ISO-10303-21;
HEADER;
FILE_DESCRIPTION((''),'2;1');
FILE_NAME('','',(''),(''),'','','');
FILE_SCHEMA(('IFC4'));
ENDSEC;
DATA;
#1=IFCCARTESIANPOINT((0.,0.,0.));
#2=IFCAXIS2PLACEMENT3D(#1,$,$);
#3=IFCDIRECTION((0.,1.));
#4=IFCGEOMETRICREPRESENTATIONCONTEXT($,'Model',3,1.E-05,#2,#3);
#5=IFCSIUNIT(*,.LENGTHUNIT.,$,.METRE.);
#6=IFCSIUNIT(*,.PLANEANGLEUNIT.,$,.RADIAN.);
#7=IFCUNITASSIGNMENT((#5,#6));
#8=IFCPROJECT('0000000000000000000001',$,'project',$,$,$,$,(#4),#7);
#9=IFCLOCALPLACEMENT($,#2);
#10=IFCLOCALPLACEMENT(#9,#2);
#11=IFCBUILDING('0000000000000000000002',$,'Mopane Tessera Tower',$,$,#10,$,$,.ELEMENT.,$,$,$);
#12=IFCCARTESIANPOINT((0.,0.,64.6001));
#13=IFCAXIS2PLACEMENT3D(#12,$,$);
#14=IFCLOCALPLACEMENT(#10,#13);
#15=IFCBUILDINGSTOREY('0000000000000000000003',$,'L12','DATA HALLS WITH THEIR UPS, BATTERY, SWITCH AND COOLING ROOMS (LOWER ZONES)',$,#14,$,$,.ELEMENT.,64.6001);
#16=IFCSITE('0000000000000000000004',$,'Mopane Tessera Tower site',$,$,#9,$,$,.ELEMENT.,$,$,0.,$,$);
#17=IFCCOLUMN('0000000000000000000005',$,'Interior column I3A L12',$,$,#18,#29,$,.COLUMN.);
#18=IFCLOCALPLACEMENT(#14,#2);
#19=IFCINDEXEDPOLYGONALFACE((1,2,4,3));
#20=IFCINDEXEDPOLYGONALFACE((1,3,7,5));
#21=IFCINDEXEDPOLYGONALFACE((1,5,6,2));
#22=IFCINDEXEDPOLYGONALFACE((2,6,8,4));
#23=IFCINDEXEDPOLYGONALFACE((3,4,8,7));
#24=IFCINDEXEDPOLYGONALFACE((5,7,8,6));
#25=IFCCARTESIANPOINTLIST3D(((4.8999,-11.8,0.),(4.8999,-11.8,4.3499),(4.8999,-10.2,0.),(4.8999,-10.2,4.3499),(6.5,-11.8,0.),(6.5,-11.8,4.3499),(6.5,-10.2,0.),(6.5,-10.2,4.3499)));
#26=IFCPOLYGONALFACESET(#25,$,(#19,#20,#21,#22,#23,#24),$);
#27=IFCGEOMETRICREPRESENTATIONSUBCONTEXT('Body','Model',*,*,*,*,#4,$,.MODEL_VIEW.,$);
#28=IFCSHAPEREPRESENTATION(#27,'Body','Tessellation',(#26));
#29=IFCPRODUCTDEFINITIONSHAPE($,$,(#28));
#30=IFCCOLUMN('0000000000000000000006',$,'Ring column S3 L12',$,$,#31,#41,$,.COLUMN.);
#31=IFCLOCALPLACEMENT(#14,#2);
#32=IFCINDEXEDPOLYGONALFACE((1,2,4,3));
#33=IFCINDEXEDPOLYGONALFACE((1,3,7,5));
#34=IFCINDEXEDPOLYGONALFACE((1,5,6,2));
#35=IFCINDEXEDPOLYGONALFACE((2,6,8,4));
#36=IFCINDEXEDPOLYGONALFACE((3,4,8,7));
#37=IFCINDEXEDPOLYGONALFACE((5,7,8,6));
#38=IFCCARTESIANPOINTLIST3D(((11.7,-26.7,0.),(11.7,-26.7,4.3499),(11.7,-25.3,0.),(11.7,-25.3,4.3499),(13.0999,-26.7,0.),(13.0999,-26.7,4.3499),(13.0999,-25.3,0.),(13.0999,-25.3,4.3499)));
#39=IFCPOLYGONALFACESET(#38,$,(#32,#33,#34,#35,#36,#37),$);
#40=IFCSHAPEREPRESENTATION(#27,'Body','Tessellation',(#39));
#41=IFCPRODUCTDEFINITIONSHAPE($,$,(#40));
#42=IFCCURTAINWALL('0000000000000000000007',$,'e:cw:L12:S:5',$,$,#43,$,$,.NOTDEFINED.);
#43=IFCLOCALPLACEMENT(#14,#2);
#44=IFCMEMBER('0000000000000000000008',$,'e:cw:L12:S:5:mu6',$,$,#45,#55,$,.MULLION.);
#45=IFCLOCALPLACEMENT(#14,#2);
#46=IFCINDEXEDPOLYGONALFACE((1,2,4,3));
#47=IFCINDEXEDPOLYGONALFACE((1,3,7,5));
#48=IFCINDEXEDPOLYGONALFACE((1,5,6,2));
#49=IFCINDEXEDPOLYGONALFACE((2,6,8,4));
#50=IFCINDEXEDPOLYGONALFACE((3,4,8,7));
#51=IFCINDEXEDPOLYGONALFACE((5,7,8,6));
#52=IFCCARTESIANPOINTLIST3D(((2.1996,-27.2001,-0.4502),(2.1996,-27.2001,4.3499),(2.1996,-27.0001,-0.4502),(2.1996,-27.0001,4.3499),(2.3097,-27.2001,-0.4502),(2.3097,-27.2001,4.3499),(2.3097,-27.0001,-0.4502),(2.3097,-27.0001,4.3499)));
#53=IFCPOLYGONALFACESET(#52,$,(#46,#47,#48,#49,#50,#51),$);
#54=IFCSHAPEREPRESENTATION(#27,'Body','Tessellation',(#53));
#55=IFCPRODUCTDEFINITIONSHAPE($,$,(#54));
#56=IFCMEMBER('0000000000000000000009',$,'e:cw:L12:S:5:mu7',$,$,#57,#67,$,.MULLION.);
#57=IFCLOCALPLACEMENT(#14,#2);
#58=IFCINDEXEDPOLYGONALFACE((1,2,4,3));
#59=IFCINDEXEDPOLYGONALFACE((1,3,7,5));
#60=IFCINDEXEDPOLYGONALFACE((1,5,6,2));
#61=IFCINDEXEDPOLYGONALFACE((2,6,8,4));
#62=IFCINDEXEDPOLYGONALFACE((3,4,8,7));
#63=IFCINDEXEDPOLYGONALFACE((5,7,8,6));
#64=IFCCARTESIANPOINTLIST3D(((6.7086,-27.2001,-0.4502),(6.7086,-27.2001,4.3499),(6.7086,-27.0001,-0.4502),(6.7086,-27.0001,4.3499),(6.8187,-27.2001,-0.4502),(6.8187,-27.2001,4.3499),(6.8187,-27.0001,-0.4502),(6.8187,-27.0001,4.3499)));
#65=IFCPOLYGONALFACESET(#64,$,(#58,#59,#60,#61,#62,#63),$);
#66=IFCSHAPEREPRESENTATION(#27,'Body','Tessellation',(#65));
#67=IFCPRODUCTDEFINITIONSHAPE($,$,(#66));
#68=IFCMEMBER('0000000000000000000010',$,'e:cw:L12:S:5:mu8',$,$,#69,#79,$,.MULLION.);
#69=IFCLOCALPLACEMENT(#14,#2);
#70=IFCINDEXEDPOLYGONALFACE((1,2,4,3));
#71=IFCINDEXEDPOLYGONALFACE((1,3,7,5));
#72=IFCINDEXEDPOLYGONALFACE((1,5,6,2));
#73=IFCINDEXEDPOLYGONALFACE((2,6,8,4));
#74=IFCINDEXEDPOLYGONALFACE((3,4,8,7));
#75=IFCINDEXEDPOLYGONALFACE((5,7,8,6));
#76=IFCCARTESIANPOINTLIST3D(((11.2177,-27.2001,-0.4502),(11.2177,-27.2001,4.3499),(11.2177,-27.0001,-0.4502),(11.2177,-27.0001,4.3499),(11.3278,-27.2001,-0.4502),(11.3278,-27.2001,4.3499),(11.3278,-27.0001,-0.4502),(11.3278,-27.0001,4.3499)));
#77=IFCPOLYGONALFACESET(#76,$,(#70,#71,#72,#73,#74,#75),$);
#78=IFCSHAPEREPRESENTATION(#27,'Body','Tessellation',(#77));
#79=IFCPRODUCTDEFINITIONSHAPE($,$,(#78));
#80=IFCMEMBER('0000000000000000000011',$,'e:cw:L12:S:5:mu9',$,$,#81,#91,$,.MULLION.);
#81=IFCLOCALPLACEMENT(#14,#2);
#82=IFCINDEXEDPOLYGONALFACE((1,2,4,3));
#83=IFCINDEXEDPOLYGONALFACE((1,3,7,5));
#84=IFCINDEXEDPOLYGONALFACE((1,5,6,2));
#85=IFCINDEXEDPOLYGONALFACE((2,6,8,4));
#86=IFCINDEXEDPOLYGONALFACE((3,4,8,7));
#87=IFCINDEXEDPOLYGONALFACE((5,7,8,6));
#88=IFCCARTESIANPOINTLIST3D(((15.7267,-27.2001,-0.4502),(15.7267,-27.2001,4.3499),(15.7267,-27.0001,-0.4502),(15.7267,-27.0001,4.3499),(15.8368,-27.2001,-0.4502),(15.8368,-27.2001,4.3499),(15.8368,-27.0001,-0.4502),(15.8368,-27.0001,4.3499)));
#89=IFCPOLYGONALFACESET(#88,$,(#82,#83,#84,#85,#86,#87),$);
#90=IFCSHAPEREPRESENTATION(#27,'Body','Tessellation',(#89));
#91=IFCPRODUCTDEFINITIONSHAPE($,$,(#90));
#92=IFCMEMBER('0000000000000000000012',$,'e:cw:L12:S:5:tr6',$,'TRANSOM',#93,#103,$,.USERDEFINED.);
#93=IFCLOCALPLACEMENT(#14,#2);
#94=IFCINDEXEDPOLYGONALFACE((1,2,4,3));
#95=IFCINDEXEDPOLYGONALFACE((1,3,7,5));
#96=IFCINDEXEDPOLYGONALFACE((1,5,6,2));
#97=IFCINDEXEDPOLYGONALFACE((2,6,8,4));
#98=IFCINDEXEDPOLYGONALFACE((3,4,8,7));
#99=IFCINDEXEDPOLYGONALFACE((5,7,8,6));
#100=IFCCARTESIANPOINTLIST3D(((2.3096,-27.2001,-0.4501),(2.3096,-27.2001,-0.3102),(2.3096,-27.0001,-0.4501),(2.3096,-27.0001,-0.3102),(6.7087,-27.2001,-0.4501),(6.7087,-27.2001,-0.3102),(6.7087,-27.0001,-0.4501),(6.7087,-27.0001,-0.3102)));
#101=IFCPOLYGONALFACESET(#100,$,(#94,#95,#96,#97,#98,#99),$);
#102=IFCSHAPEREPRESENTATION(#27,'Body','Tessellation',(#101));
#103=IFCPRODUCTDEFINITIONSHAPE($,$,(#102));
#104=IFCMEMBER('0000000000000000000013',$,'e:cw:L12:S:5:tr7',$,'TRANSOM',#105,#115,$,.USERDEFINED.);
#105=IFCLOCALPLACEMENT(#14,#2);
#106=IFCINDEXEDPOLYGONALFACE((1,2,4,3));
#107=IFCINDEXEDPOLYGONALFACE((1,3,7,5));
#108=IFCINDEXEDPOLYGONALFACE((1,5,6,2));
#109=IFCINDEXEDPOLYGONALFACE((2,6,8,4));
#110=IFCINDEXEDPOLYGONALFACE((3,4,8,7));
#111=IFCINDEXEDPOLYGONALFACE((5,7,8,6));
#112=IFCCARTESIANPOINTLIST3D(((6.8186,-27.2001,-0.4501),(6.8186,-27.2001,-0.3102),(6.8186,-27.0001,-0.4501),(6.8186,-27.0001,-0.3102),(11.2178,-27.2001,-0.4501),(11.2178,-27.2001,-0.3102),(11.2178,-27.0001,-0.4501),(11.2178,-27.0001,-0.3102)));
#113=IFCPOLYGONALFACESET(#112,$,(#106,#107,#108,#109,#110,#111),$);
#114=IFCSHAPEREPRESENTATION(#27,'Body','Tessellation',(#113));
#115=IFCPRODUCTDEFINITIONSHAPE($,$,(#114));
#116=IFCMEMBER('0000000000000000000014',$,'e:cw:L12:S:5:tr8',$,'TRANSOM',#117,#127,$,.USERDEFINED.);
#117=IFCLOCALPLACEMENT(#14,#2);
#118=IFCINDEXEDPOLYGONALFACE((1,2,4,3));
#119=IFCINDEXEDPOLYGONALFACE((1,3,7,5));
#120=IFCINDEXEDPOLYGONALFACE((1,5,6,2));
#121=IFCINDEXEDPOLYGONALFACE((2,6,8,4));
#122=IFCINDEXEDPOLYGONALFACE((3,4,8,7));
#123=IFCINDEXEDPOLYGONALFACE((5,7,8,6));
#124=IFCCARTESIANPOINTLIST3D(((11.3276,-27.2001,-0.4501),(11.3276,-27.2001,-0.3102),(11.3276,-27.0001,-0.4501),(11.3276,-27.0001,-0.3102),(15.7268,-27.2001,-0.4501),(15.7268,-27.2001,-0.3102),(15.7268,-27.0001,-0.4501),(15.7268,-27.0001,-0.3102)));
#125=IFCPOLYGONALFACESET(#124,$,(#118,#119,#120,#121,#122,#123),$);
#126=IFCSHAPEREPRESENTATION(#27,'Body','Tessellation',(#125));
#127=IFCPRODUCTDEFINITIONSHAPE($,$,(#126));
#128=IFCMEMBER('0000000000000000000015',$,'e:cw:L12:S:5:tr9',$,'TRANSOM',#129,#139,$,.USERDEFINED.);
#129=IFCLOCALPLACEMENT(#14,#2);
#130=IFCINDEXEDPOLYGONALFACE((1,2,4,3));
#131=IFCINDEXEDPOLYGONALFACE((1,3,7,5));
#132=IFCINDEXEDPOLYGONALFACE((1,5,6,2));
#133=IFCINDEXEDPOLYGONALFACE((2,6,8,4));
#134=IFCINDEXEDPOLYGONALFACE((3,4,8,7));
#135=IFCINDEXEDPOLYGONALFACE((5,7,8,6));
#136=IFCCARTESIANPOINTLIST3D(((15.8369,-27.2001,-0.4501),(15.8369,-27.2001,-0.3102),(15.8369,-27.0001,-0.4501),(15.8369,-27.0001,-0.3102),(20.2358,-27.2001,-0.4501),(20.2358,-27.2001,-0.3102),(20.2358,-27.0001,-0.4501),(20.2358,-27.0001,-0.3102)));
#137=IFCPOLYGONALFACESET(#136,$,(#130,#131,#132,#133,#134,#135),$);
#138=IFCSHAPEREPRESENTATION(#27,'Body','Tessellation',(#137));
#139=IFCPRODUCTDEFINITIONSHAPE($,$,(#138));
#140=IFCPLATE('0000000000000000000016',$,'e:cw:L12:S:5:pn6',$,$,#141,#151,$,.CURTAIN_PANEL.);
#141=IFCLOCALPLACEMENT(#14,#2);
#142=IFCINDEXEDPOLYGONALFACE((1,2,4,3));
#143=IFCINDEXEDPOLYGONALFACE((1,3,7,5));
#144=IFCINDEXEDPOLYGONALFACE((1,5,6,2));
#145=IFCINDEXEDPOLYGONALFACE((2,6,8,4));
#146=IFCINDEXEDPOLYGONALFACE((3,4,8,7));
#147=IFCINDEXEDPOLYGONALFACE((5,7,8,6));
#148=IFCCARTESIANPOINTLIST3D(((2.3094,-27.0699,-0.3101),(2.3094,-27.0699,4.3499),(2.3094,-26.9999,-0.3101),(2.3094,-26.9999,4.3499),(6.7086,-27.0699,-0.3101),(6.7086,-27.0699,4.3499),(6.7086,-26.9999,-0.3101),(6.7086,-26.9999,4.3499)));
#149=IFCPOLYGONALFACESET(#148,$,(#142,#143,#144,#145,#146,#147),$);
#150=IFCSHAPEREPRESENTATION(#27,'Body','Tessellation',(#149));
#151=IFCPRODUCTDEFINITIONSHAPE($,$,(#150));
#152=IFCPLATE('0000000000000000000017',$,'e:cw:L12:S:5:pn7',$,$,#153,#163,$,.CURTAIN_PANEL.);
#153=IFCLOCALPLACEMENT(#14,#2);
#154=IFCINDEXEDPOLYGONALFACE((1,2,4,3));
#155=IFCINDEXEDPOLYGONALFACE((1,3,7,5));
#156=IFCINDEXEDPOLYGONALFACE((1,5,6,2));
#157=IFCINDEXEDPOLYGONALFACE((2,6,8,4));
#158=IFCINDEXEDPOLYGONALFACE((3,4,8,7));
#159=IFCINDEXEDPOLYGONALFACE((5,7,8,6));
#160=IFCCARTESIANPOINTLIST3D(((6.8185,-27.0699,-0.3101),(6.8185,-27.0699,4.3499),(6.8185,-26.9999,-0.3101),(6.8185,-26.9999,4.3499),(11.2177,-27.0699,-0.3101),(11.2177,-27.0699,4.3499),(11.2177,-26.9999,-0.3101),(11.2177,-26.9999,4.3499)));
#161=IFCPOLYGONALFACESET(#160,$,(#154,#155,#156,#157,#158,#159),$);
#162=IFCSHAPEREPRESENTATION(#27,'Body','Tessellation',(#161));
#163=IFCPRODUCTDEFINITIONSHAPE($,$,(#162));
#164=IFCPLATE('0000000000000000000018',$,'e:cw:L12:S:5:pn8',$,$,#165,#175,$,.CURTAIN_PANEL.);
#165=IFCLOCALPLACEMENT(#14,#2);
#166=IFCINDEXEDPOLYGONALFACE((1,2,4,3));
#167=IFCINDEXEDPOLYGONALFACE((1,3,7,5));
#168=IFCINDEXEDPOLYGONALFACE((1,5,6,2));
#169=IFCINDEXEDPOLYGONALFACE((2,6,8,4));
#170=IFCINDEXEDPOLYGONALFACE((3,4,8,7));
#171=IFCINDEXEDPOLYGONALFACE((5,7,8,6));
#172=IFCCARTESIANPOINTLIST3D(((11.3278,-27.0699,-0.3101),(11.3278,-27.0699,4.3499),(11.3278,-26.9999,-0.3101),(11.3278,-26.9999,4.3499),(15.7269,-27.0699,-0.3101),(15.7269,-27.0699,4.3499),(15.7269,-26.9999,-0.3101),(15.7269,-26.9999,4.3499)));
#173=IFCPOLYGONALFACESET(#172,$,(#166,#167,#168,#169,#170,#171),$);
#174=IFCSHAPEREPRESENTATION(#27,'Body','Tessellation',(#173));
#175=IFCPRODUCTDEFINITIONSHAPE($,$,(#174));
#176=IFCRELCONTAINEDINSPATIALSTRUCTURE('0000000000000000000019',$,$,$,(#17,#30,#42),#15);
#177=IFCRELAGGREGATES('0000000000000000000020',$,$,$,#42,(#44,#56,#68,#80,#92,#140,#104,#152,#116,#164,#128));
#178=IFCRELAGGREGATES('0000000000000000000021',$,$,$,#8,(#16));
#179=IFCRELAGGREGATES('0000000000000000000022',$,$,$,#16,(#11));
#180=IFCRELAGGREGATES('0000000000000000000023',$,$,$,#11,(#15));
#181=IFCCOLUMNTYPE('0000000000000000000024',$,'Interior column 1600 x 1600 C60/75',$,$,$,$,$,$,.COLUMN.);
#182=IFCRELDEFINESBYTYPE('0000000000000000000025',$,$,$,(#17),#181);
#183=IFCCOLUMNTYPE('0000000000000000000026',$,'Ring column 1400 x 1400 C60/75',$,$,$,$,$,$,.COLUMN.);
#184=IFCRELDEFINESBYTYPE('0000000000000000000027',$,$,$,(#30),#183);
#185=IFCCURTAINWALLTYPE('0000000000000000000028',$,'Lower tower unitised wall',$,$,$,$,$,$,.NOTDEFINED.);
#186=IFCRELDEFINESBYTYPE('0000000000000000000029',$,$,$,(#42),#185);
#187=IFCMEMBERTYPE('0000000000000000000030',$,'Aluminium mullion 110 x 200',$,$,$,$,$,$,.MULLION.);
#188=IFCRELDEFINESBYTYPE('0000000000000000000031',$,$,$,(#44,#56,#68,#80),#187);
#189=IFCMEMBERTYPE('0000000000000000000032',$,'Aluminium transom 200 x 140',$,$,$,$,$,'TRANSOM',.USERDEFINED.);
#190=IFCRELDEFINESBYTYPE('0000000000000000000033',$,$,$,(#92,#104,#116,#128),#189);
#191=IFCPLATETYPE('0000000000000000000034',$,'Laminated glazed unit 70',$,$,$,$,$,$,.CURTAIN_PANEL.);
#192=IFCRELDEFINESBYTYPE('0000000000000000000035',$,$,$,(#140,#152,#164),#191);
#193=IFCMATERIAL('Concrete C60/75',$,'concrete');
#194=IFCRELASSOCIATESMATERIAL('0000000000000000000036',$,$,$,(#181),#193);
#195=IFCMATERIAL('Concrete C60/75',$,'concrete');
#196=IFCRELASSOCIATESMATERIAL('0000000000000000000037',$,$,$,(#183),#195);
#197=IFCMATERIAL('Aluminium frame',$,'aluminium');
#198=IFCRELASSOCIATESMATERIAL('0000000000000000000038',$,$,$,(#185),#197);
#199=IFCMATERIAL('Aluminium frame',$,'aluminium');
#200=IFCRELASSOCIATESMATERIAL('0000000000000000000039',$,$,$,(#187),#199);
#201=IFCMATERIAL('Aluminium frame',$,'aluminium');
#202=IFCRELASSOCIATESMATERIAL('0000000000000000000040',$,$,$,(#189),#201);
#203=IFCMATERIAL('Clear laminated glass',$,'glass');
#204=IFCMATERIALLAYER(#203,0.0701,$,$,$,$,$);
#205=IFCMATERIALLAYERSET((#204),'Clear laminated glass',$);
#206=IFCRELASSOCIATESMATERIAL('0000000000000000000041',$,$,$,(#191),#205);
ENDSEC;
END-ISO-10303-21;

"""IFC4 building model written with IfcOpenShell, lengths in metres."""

from ifc_helpers import new_model, si_unit, direction, frame, origin, origin_2d, place, context, subcontext, project, spatial, rectangle, extrude, material, layer, layer_set, material_profile, profile_set, type_object, element, aggregate, save


model = new_model("IFC4")

# Units and contexts
model_context = context("Model", 3, precision=1e-05, world=origin(), true_north=direction((0.0, 1.0)))
body_context = subcontext(model_context, "Body", "Model", "MODEL_VIEW")
ifc_project = project(units=[si_unit("LENGTHUNIT", "METRE"), si_unit("PLANEANGLEUNIT", "RADIAN")], contexts=[model_context])

# Site, building, storey
site_placement = place(None, origin())
site = spatial("IfcSite", under=ifc_project, at=site_placement, Name="Mopane Tessera Tower site", CompositionType="ELEMENT", RefElevation=0.0)
building_placement = place(site_placement, origin())
building = spatial("IfcBuilding", under=site, at=building_placement, Name="Mopane Tessera Tower", CompositionType="ELEMENT")
storey_placement = place(building_placement, frame((0.0, 0.0, 64.6001)))
storey = spatial("IfcBuildingStorey", under=building, at=storey_placement, Name="L12", Description="DATA HALLS WITH THEIR UPS, BATTERY, SWITCH AND COOLING ROOMS (LOWER ZONES)", CompositionType="ELEMENT", Elevation=64.6001)

# Columns
ifc_material_1 = material(Name="Concrete C60/75", Category="concrete")
ifc_material_profile_1 = material_profile(ifc_material_1, rectangle(XDim=1.6001, YDim=1.6001, at=origin_2d()))
ifc_profile_set_1 = profile_set([ifc_material_profile_1], Name="Concrete C60/75")
column_type_1 = type_object("IfcColumnType", Name="Interior column 1600 x 1600 C60/75", PredefinedType="COLUMN", material=ifc_profile_set_1)
column_1_placement = place(storey_placement, frame((5.7, -11.0, 0.0), z_axis=(0.0, 0.0, 1.0), x_axis=(1.0, 0.0, 0.0)))
element("IfcColumn", 1, at=column_1_placement, inside=storey, type_object=column_type_1, Name="Interior column I3A L12", PredefinedType="COLUMN", context=body_context, shape_type="SweptSolid", body=[
    extrude(rectangle(XDim=1.6001, YDim=1.6001, at=origin_2d()), origin(), (0.0, 0.0, 1.0), 4.3499),
])
ifc_material_2 = material(Name="Concrete C60/75", Category="concrete")
ifc_material_profile_2 = material_profile(ifc_material_2, rectangle(XDim=1.3999, YDim=1.3999, at=origin_2d()))
ifc_profile_set_2 = profile_set([ifc_material_profile_2], Name="Concrete C60/75")
column_type_2 = type_object("IfcColumnType", Name="Ring column 1400 x 1400 C60/75", PredefinedType="COLUMN", material=ifc_profile_set_2)
column_2_placement = place(storey_placement, frame((12.3999, -26.0, 0.0), z_axis=(0.0, 0.0, 1.0), x_axis=(1.0, 0.0, 0.0)))
element("IfcColumn", 2, at=column_2_placement, inside=storey, type_object=column_type_2, Name="Ring column S3 L12", PredefinedType="COLUMN", context=body_context, shape_type="SweptSolid", body=[
    extrude(rectangle(XDim=1.3999, YDim=1.3999, at=origin_2d()), origin(), (0.0, 0.0, 1.0), 4.3499),
])

# Curtain wall, members, plates
ifc_material_3 = material(Name="Aluminium frame", Category="aluminium")
curtain_wall_type = type_object("IfcCurtainWallType", Name="Lower tower unitised wall", PredefinedType="NOTDEFINED", material=ifc_material_3)
curtain_wall_placement = place(storey_placement, origin())
curtain_wall = element("IfcCurtainWall", 3, at=curtain_wall_placement, inside=storey, type_object=curtain_wall_type, Name="e:cw:L12:S:5", PredefinedType="NOTDEFINED")
ifc_material_4 = material(Name="Aluminium frame", Category="aluminium")
ifc_material_profile_3 = material_profile(ifc_material_4, rectangle(XDim=0.1101, YDim=0.2, at=origin_2d()))
ifc_profile_set_3 = profile_set([ifc_material_profile_3], Name="Aluminium frame")
member_type_1 = type_object("IfcMemberType", Name="Aluminium mullion 110 x 200", PredefinedType="MULLION", material=ifc_profile_set_3)
member_1_placement = place(storey_placement, frame((2.2546, -27.1001, -0.4502), z_axis=(0.0, 0.0, 1.0), x_axis=(1.0, 0.0, 0.0)))
member_1 = element("IfcMember", 4, at=member_1_placement, type_object=member_type_1, Name="e:cw:L12:S:5:mu6", PredefinedType="MULLION", context=body_context, shape_type="SweptSolid", body=[
    extrude(rectangle(XDim=0.1101, YDim=0.2, at=origin_2d()), origin(), (0.0, 0.0, 1.0), 4.8),
])
member_2_placement = place(storey_placement, frame((6.7637, -27.1001, -0.4502), z_axis=(0.0, 0.0, 1.0), x_axis=(1.0, 0.0, 0.0)))
member_2 = element("IfcMember", 5, at=member_2_placement, type_object=member_type_1, Name="e:cw:L12:S:5:mu7", PredefinedType="MULLION", context=body_context, shape_type="SweptSolid", body=[
    extrude(rectangle(XDim=0.1101, YDim=0.2, at=origin_2d()), origin(), (0.0, 0.0, 1.0), 4.8),
])
member_3_placement = place(storey_placement, frame((11.2727, -27.1001, -0.4502), z_axis=(0.0, 0.0, 1.0), x_axis=(1.0, 0.0, 0.0)))
member_3 = element("IfcMember", 6, at=member_3_placement, type_object=member_type_1, Name="e:cw:L12:S:5:mu8", PredefinedType="MULLION", context=body_context, shape_type="SweptSolid", body=[
    extrude(rectangle(XDim=0.1101, YDim=0.2, at=origin_2d()), origin(), (0.0, 0.0, 1.0), 4.8),
])
member_4_placement = place(storey_placement, frame((15.7817, -27.1001, -0.4502), z_axis=(0.0, 0.0, 1.0), x_axis=(1.0, 0.0, 0.0)))
member_4 = element("IfcMember", 7, at=member_4_placement, type_object=member_type_1, Name="e:cw:L12:S:5:mu9", PredefinedType="MULLION", context=body_context, shape_type="SweptSolid", body=[
    extrude(rectangle(XDim=0.1101, YDim=0.2, at=origin_2d()), origin(), (0.0, 0.0, 1.0), 4.8),
])
ifc_material_5 = material(Name="Aluminium frame", Category="aluminium")
ifc_material_profile_4 = material_profile(ifc_material_5, rectangle(XDim=0.2, YDim=0.1399, at=origin_2d()))
ifc_profile_set_4 = profile_set([ifc_material_profile_4], Name="Aluminium frame")
member_type_2 = type_object("IfcMemberType", Name="Aluminium transom 200 x 140", ElementType="TRANSOM", PredefinedType="USERDEFINED", material=ifc_profile_set_4)
member_5_placement = place(storey_placement, frame((2.3096, -27.1001, -0.3801), z_axis=(1.0, 0.0, 0.0), x_axis=(0.0, 1.0, 0.0)))
member_5 = element("IfcMember", 8, at=member_5_placement, type_object=member_type_2, Name="e:cw:L12:S:5:tr6", ObjectType="TRANSOM", PredefinedType="USERDEFINED", context=body_context, shape_type="SweptSolid", body=[
    extrude(rectangle(XDim=0.2, YDim=0.1399, at=origin_2d()), origin(), (0.0, 0.0, 1.0), 4.3992),
])
member_6_placement = place(storey_placement, frame((6.8186, -27.1001, -0.3801), z_axis=(1.0, 0.0, 0.0), x_axis=(0.0, 1.0, 0.0)))
member_6 = element("IfcMember", 9, at=member_6_placement, type_object=member_type_2, Name="e:cw:L12:S:5:tr7", ObjectType="TRANSOM", PredefinedType="USERDEFINED", context=body_context, shape_type="SweptSolid", body=[
    extrude(rectangle(XDim=0.2, YDim=0.1399, at=origin_2d()), origin(), (0.0, 0.0, 1.0), 4.3992),
])
member_7_placement = place(storey_placement, frame((11.3276, -27.1001, -0.3801), z_axis=(1.0, 0.0, 0.0), x_axis=(0.0, 1.0, 0.0)))
member_7 = element("IfcMember", 10, at=member_7_placement, type_object=member_type_2, Name="e:cw:L12:S:5:tr8", ObjectType="TRANSOM", PredefinedType="USERDEFINED", context=body_context, shape_type="SweptSolid", body=[
    extrude(rectangle(XDim=0.2, YDim=0.1399, at=origin_2d()), origin(), (0.0, 0.0, 1.0), 4.3992),
])
member_8_placement = place(storey_placement, frame((15.8369, -27.1001, -0.3801), z_axis=(1.0, 0.0, 0.0), x_axis=(0.0, 1.0, 0.0)))
member_8 = element("IfcMember", 11, at=member_8_placement, type_object=member_type_2, Name="e:cw:L12:S:5:tr9", ObjectType="TRANSOM", PredefinedType="USERDEFINED", context=body_context, shape_type="SweptSolid", body=[
    extrude(rectangle(XDim=0.2, YDim=0.1399, at=origin_2d()), origin(), (0.0, 0.0, 1.0), 4.3989),
])
ifc_material_6 = material(Name="Clear laminated glass", Category="glass")
ifc_layer_1 = layer(ifc_material_6, 0.0701)
ifc_layer_set_1 = layer_set([ifc_layer_1], Name="Clear laminated glass")
plate_type = type_object("IfcPlateType", Name="Laminated glazed unit 70", PredefinedType="CURTAIN_PANEL", material=ifc_layer_set_1)
plate_1_placement = place(storey_placement, frame((4.509, -27.0349, -0.3101), z_axis=(0.0, 0.0, 1.0), x_axis=(1.0, 0.0, 0.0)))
plate_1 = element("IfcPlate", 12, at=plate_1_placement, type_object=plate_type, Name="e:cw:L12:S:5:pn6", PredefinedType="CURTAIN_PANEL", context=body_context, shape_type="SweptSolid", body=[
    extrude(rectangle(XDim=4.3992, YDim=0.0701, at=origin_2d()), origin(), (0.0, 0.0, 1.0), 4.6599),
])
plate_2_placement = place(storey_placement, frame((9.0181, -27.0349, -0.3101), z_axis=(0.0, 0.0, 1.0), x_axis=(1.0, 0.0, 0.0)))
plate_2 = element("IfcPlate", 13, at=plate_2_placement, type_object=plate_type, Name="e:cw:L12:S:5:pn7", PredefinedType="CURTAIN_PANEL", context=body_context, shape_type="SweptSolid", body=[
    extrude(rectangle(XDim=4.3992, YDim=0.0701, at=origin_2d()), origin(), (0.0, 0.0, 1.0), 4.6599),
])
plate_3_placement = place(storey_placement, frame((13.5273, -27.0349, -0.3101), z_axis=(0.0, 0.0, 1.0), x_axis=(1.0, 0.0, 0.0)))
plate_3 = element("IfcPlate", 14, at=plate_3_placement, type_object=plate_type, Name="e:cw:L12:S:5:pn8", PredefinedType="CURTAIN_PANEL", context=body_context, shape_type="SweptSolid", body=[
    extrude(rectangle(XDim=4.3992, YDim=0.0701, at=origin_2d()), origin(), (0.0, 0.0, 1.0), 4.6599),
])
aggregate(curtain_wall, [member_1, member_2, member_3, member_4, member_5, plate_1, member_6, plate_2, member_7, plate_3, member_8])

save(model, "model.ifc")
